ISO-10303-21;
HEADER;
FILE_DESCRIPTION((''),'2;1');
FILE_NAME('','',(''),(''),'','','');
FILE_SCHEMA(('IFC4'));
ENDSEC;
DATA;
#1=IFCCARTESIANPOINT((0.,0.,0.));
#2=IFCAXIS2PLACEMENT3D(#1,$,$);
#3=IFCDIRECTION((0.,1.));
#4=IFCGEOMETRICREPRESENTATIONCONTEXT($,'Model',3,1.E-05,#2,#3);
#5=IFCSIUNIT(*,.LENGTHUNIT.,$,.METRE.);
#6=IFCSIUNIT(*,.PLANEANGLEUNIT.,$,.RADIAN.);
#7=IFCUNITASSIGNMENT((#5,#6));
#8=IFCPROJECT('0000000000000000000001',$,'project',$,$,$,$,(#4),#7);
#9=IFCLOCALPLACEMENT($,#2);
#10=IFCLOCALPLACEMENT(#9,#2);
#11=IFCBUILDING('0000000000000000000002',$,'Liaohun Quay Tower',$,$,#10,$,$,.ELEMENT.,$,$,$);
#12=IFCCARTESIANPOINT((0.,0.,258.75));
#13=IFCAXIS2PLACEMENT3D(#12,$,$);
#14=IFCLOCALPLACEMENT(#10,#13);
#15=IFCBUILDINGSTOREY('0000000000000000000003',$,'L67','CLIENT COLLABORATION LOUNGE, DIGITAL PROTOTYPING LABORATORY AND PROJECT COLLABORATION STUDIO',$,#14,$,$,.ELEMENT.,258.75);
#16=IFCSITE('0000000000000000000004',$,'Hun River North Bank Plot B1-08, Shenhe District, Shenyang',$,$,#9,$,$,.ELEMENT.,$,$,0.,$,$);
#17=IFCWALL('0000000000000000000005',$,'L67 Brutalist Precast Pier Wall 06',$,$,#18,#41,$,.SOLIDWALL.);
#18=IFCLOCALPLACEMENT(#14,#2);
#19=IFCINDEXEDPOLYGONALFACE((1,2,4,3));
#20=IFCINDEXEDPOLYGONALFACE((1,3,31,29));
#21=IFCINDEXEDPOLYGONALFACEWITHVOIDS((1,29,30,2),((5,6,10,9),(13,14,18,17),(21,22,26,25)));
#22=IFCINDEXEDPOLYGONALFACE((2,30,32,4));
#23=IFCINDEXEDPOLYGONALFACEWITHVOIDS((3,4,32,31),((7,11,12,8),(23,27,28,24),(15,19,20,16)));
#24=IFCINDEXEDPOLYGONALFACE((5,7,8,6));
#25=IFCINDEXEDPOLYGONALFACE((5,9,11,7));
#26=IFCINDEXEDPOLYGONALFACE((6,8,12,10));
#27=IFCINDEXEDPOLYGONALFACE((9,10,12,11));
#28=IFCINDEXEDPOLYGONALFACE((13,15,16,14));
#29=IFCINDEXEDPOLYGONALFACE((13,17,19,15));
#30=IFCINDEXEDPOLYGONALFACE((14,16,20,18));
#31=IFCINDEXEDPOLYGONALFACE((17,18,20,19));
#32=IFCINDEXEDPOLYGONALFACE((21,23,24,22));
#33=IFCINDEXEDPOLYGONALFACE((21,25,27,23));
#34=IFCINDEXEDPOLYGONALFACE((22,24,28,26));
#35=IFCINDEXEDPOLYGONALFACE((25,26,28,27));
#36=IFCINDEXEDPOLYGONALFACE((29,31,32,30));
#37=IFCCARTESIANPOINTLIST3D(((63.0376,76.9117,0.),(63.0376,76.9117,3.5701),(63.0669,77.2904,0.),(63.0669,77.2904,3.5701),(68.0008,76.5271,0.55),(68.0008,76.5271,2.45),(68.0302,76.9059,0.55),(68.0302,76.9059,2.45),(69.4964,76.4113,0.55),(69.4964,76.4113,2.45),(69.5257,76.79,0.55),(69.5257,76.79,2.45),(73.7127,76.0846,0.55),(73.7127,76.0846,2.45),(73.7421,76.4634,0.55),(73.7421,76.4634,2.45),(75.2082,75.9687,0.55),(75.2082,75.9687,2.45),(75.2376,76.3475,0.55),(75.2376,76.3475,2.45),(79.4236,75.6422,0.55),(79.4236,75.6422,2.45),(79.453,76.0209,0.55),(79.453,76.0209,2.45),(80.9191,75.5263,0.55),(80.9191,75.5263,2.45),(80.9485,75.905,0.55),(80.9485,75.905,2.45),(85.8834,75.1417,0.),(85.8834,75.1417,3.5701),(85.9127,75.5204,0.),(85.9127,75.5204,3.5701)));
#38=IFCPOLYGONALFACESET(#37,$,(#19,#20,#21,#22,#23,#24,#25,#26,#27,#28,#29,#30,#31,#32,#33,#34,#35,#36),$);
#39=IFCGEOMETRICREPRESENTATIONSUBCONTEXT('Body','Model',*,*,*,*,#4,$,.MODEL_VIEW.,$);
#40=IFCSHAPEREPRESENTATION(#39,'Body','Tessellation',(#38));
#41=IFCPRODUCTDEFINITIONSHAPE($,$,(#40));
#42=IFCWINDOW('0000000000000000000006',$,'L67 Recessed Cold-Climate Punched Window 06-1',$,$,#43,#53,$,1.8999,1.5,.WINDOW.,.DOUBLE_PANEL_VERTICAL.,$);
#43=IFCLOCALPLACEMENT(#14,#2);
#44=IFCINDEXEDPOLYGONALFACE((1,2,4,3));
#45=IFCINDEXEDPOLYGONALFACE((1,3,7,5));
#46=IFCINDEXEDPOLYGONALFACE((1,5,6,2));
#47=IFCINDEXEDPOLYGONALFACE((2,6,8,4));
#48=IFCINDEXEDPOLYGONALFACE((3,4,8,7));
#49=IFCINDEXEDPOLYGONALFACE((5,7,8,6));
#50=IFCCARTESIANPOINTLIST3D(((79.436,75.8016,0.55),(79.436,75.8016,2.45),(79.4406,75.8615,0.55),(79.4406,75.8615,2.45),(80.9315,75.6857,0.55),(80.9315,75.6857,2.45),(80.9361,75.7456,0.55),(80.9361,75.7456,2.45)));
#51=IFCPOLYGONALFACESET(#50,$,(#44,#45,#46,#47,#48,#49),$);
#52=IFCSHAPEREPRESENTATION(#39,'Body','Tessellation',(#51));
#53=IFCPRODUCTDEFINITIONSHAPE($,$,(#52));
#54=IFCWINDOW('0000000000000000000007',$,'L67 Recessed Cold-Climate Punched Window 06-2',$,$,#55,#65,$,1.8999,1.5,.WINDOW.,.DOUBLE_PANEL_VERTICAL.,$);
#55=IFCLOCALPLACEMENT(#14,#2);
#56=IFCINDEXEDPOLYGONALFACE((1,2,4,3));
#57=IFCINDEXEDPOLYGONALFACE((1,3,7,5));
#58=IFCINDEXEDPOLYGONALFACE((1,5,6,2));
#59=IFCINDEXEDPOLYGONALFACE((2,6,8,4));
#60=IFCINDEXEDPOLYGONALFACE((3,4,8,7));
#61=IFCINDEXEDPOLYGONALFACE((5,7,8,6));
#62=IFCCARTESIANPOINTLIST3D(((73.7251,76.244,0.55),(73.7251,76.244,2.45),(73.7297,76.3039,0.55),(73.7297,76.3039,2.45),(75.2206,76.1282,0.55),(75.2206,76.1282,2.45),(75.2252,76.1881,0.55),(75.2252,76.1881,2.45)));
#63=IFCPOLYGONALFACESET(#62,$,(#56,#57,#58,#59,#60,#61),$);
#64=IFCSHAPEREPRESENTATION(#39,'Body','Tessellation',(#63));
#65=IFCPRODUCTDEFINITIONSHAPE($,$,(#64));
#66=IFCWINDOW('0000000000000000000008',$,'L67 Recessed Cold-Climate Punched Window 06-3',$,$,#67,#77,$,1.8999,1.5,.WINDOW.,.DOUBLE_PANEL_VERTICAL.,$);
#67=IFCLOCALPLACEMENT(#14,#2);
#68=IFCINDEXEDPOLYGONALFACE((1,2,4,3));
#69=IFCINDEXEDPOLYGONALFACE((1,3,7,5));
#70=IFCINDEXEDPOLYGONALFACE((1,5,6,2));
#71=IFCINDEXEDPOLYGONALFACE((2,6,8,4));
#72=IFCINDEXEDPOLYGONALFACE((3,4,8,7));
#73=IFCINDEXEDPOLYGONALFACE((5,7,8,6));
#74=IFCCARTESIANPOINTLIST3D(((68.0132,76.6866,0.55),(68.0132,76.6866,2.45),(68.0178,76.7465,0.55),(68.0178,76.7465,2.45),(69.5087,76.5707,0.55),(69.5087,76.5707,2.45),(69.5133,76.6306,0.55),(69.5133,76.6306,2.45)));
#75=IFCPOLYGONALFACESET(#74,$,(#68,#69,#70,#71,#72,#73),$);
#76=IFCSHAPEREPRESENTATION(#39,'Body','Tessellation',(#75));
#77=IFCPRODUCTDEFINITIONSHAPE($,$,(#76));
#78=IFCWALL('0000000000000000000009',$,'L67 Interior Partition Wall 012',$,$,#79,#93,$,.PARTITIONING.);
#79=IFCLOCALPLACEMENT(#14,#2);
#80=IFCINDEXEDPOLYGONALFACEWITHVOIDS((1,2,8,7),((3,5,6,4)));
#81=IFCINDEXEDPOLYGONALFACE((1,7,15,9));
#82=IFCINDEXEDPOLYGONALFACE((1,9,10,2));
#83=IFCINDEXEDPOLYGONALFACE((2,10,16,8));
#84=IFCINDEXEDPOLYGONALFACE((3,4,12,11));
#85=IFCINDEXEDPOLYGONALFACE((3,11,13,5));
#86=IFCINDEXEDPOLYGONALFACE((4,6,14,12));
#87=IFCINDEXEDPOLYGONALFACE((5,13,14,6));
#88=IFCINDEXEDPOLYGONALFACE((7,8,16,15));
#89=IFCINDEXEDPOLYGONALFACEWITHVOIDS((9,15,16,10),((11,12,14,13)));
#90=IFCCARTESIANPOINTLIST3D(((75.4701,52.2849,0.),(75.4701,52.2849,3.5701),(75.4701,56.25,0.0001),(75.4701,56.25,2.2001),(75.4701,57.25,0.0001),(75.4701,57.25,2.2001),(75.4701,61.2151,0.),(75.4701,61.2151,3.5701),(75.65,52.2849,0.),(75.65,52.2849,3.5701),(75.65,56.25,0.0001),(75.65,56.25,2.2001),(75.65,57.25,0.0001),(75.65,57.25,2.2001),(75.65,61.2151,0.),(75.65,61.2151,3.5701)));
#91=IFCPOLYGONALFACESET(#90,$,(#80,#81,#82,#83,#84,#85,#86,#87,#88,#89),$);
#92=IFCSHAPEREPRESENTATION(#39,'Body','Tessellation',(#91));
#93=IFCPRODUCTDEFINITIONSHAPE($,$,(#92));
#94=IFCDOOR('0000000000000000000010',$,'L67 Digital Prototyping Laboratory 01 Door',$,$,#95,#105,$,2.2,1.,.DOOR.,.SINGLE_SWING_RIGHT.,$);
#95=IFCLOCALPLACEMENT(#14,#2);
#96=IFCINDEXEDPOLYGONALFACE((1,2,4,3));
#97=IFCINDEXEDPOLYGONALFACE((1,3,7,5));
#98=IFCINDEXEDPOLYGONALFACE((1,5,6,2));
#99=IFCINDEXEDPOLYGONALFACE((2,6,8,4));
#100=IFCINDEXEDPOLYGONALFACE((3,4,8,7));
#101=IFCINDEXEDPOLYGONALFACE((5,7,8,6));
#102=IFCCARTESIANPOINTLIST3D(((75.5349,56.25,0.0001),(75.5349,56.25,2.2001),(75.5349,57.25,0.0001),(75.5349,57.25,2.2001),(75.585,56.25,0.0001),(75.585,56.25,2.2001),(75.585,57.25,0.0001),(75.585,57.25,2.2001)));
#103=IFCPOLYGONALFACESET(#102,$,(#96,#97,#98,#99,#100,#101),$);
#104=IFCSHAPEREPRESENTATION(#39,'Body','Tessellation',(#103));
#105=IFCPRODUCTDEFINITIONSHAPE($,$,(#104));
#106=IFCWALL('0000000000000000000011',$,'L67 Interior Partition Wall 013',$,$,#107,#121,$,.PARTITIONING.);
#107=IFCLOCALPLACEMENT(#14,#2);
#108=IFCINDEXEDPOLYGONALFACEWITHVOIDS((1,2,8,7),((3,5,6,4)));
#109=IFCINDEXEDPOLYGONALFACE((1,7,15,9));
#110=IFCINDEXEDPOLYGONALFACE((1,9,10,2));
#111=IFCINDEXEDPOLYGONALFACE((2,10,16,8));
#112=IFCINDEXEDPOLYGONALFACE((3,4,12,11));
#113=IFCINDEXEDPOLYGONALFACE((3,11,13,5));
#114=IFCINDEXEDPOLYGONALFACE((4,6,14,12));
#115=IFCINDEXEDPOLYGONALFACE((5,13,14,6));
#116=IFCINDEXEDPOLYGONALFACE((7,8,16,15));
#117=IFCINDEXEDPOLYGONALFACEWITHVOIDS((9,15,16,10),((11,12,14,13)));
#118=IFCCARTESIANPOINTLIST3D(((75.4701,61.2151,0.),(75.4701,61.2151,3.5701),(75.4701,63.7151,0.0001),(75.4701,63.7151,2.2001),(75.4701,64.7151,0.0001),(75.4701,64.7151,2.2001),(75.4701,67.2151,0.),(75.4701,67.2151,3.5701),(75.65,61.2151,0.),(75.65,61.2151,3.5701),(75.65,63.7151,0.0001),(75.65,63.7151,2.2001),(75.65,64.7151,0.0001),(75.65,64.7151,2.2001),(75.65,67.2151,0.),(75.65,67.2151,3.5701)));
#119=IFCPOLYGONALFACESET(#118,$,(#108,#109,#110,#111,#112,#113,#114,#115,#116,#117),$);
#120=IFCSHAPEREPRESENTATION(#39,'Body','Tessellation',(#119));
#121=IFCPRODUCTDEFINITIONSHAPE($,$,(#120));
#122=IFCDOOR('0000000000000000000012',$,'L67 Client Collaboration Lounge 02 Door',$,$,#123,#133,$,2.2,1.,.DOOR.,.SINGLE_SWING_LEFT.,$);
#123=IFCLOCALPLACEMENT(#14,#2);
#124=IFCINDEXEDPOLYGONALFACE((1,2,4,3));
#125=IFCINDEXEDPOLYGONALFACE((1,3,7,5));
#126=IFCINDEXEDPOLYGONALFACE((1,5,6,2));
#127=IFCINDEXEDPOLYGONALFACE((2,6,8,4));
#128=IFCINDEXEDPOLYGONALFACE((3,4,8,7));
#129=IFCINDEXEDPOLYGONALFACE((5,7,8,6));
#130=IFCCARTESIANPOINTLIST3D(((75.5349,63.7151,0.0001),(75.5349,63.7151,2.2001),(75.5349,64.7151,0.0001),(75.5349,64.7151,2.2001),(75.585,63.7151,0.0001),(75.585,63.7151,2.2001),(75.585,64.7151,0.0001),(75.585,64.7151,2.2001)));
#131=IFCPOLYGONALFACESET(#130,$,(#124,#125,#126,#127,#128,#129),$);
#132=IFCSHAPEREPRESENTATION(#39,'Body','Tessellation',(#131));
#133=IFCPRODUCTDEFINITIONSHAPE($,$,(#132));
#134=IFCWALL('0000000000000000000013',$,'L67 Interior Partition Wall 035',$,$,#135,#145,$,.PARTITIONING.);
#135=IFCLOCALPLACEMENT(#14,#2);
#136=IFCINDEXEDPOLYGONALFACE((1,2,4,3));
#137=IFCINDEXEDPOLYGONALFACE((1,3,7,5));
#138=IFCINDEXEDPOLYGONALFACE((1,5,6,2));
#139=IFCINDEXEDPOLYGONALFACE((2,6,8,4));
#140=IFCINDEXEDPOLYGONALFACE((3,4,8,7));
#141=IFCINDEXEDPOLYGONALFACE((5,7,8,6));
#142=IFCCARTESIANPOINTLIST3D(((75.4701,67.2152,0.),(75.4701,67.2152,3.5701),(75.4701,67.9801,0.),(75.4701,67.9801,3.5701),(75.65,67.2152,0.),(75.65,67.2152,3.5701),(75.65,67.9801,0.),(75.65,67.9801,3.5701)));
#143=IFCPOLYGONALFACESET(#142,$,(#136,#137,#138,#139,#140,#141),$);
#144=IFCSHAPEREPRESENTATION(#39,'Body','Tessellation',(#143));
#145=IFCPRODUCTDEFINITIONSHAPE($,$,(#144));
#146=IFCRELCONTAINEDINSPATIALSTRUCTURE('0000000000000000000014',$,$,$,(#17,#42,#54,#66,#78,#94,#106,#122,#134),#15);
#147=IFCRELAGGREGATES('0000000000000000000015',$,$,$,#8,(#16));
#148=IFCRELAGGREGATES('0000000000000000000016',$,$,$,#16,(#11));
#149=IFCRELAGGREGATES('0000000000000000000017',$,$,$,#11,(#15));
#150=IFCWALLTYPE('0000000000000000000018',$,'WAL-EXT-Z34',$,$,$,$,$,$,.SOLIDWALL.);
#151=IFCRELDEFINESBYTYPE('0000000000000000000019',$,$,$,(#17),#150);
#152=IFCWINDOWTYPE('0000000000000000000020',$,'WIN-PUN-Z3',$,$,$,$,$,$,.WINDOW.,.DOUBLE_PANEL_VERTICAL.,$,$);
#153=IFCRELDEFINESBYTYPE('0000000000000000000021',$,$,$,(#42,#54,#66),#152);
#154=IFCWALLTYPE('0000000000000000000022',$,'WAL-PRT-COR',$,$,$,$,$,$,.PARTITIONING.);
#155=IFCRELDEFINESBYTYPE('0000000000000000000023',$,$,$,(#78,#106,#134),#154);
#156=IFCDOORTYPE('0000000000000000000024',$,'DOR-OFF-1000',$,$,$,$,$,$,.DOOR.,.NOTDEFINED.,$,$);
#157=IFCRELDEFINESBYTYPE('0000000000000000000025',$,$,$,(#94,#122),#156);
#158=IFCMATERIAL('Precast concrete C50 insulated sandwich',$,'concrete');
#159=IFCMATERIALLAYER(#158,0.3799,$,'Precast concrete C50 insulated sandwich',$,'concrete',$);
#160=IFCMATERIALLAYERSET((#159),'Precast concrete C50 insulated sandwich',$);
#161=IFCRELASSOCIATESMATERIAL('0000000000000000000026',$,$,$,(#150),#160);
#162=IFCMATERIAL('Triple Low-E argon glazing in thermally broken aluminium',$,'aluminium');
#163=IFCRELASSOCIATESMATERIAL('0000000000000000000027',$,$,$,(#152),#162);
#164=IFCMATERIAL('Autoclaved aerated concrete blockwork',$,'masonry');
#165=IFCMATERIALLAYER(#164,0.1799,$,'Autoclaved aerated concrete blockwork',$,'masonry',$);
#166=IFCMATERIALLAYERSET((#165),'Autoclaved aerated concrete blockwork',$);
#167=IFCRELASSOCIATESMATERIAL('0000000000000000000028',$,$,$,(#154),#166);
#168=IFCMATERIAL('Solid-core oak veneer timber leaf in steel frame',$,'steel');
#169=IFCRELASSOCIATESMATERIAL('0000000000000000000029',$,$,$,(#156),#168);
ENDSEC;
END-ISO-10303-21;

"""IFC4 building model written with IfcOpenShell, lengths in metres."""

from ifc_helpers import new_model, si_unit, direction, frame, frame_2d, origin, place, context, subcontext, project, spatial, rectangle, extrude, source, transform, mapped, material, layer, layer_set, type_object, element, fill, save


model = new_model("IFC4")

# Units and contexts
model_context = context("Model", 3, precision=1e-05, world=origin(), true_north=direction((0.0, 1.0)))
body_context = subcontext(model_context, "Body", "Model", "MODEL_VIEW")
ifc_project = project(units=[si_unit("LENGTHUNIT", "METRE"), si_unit("PLANEANGLEUNIT", "RADIAN")], contexts=[model_context])

# Site, building, storey
site_placement = place(None, origin())
site = spatial("IfcSite", under=ifc_project, at=site_placement, Name="Hun River North Bank Plot B1-08, Shenhe District, Shenyang", CompositionType="ELEMENT", RefElevation=0.0)
building_placement = place(site_placement, origin())
building = spatial("IfcBuilding", under=site, at=building_placement, Name="Liaohun Quay Tower", CompositionType="ELEMENT")
storey_placement = place(building_placement, frame((0.0, 0.0, 258.75)))
storey = spatial("IfcBuildingStorey", under=building, at=storey_placement, Name="L67", Description="CLIENT COLLABORATION LOUNGE, DIGITAL PROTOTYPING LABORATORY AND PROJECT COLLABORATION STUDIO", CompositionType="ELEMENT", Elevation=258.75)

# Shared definitions
ifc_material_1 = material(Name="Precast concrete C50 insulated sandwich", Category="concrete")
ifc_layer_1 = layer(ifc_material_1, 0.3799, Name="Precast concrete C50 insulated sandwich", Category="concrete")
ifc_layer_set_1 = layer_set([ifc_layer_1], Name="Precast concrete C50 insulated sandwich")
wall_type_1 = type_object("IfcWallType", Name="WAL-EXT-Z34", PredefinedType="SOLIDWALL", material=ifc_layer_set_1)

# Wall, openings, windows
wall_1_placement = place(storey_placement, frame((85.8979, 75.3311, 0.0), z_axis=(0.0, 0.0, 1.0), x_axis=(-0.997012, 0.077245, 0.0)))
wall_1 = element("IfcWall", 1, at=wall_1_placement, inside=storey, type_object=wall_type_1, Name="L67 Brutalist Precast Pier Wall 06", PredefinedType="SOLIDWALL", context=body_context, shape_type="SweptSolid", body=[
    extrude(rectangle(XDim=22.9143, YDim=0.3799, at=frame_2d((11.457, 0.0))), origin(), (0.0, 0.0, 1.0), 3.5701),
])
shared_shape_1 = source(origin(), body_context, "Body", "SweptSolid", [
    extrude(rectangle(XDim=1.5, YDim=1.8999, at=frame_2d((0.75, 0.95))), frame((0.0, 0.2, 0.0), z_axis=(0.0, -1.0, 0.0), x_axis=(1.0, 0.0, 0.0)), (0.0, 0.0, 1.0), 0.3999),
])
opening_1_placement = place(wall_1_placement, frame((4.979, 0.0, 0.55)))
opening_1 = element("IfcOpeningElement", 2, at=opening_1_placement, cuts=wall_1, PredefinedType="OPENING", context=body_context, shape_type="MappedRepresentation", body=[
    mapped(shared_shape_1, transform((0.0, 0.0, 0.0), x_axis=(1.0, 0.0, 0.0), y_axis=(0.0, 1.0, 0.0), z_axis=(0.0, 0.0, 1.0), scale=1.0)),
])
opening_2_placement = place(wall_1_placement, frame((10.707, 0.0, 0.55)))
opening_2 = element("IfcOpeningElement", 3, at=opening_2_placement, cuts=wall_1, PredefinedType="OPENING", context=body_context, shape_type="MappedRepresentation", body=[
    mapped(shared_shape_1, transform((0.0, 0.0, 0.0), x_axis=(1.0, 0.0, 0.0), y_axis=(0.0, 1.0, 0.0), z_axis=(0.0, 0.0, 1.0), scale=1.0)),
])
opening_3_placement = place(wall_1_placement, frame((16.436, 0.0, 0.55)))
opening_3 = element("IfcOpeningElement", 4, at=opening_3_placement, cuts=wall_1, PredefinedType="OPENING", context=body_context, shape_type="MappedRepresentation", body=[
    mapped(shared_shape_1, transform((0.0, 0.0, 0.0), x_axis=(1.0, 0.0, 0.0), y_axis=(0.0, 1.0, 0.0), z_axis=(0.0, 0.0, 1.0), scale=1.0)),
])
ifc_material_2 = material(Name="Triple Low-E argon glazing in thermally broken aluminium", Category="aluminium")
window_type_1 = type_object("IfcWindowType", Name="WIN-PUN-Z3", PartitioningType="DOUBLE_PANEL_VERTICAL", PredefinedType="WINDOW", material=ifc_material_2)
shared_shape_2 = source(origin(), body_context, "Body", "SweptSolid", [
    extrude(rectangle(XDim=1.5, YDim=1.8999, at=frame_2d((0.75, 0.95))), frame((0.0, 0.03, 0.0), z_axis=(0.0, -1.0, 0.0), x_axis=(1.0, 0.0, 0.0)), (0.0, 0.0, 1.0), 0.0601),
])
window_1_placement = place(opening_1_placement, origin())
window_1 = element("IfcWindow", 5, at=window_1_placement, inside=storey, type_object=window_type_1, Name="L67 Recessed Cold-Climate Punched Window 06-1", OverallHeight=1.8999, OverallWidth=1.5, PartitioningType="DOUBLE_PANEL_VERTICAL", PredefinedType="WINDOW", context=body_context, shape_type="MappedRepresentation", body=[
    mapped(shared_shape_2, transform((0.0, 0.0, 0.0), x_axis=(1.0, 0.0, 0.0), y_axis=(0.0, 1.0, 0.0), z_axis=(0.0, 0.0, 1.0), scale=1.0)),
])
fill(opening_1, window_1)
window_2_placement = place(opening_2_placement, origin())
window_2 = element("IfcWindow", 6, at=window_2_placement, inside=storey, type_object=window_type_1, Name="L67 Recessed Cold-Climate Punched Window 06-2", OverallHeight=1.8999, OverallWidth=1.5, PartitioningType="DOUBLE_PANEL_VERTICAL", PredefinedType="WINDOW", context=body_context, shape_type="MappedRepresentation", body=[
    mapped(shared_shape_2, transform((0.0, 0.0, 0.0), x_axis=(1.0, 0.0, 0.0), y_axis=(0.0, 1.0, 0.0), z_axis=(0.0, 0.0, 1.0), scale=1.0)),
])
fill(opening_2, window_2)
window_3_placement = place(opening_3_placement, origin())
window_3 = element("IfcWindow", 7, at=window_3_placement, inside=storey, type_object=window_type_1, Name="L67 Recessed Cold-Climate Punched Window 06-3", OverallHeight=1.8999, OverallWidth=1.5, PartitioningType="DOUBLE_PANEL_VERTICAL", PredefinedType="WINDOW", context=body_context, shape_type="MappedRepresentation", body=[
    mapped(shared_shape_2, transform((0.0, 0.0, 0.0), x_axis=(1.0, 0.0, 0.0), y_axis=(0.0, 1.0, 0.0), z_axis=(0.0, 0.0, 1.0), scale=1.0)),
])
fill(opening_3, window_3)

# Walls, openings, doors
ifc_material_3 = material(Name="Autoclaved aerated concrete blockwork", Category="masonry")
ifc_layer_2 = layer(ifc_material_3, 0.1799, Name="Autoclaved aerated concrete blockwork", Category="masonry")
ifc_layer_set_2 = layer_set([ifc_layer_2], Name="Autoclaved aerated concrete blockwork")
wall_type_2 = type_object("IfcWallType", Name="WAL-PRT-COR", PredefinedType="PARTITIONING", material=ifc_layer_set_2)
wall_2_placement = place(storey_placement, frame((75.5601, 61.2151, 0.0), z_axis=(0.0, 0.0, 1.0), x_axis=(0.0, -1.0, 0.0)))
wall_2 = element("IfcWall", 8, at=wall_2_placement, inside=storey, type_object=wall_type_2, Name="L67 Interior Partition Wall 012", PredefinedType="PARTITIONING", context=body_context, shape_type="SweptSolid", body=[
    extrude(rectangle(XDim=8.9302, YDim=0.1799, at=frame_2d((4.4651, 0.0))), origin(), (0.0, 0.0, 1.0), 3.5701),
])
shared_shape_3 = source(origin(), body_context, "Body", "SweptSolid", [
    extrude(rectangle(XDim=1.0, YDim=2.2, at=frame_2d((0.5, 1.1001))), frame((0.0, 0.0999, 0.0), z_axis=(0.0, -1.0, 0.0), x_axis=(1.0, 0.0, 0.0)), (0.0, 0.0, 1.0), 0.2),
])
opening_4_placement = place(wall_2_placement, frame((3.9651, 0.0, 0.0)))
opening_4 = element("IfcOpeningElement", 9, at=opening_4_placement, cuts=wall_2, PredefinedType="OPENING", context=body_context, shape_type="MappedRepresentation", body=[
    mapped(shared_shape_3, transform((0.0, 0.0, 0.0), x_axis=(1.0, 0.0, 0.0), y_axis=(0.0, 1.0, 0.0), z_axis=(0.0, 0.0, 1.0), scale=1.0)),
])
ifc_material_4 = material(Name="Solid-core oak veneer timber leaf in steel frame", Category="steel")
door_type = type_object("IfcDoorType", Name="DOR-OFF-1000", OperationType="NOTDEFINED", PredefinedType="DOOR", material=ifc_material_4)
shared_shape_4 = source(origin(), body_context, "Body", "SweptSolid", [
    extrude(rectangle(XDim=1.0, YDim=2.2, at=frame_2d((0.5, 1.1001))), frame((0.0, 0.0249, 0.0), z_axis=(0.0, -1.0, 0.0), x_axis=(1.0, 0.0, 0.0)), (0.0, 0.0, 1.0), 0.05),
])
door_1_placement = place(opening_4_placement, origin())
door_1 = element("IfcDoor", 10, at=door_1_placement, inside=storey, type_object=door_type, Name="L67 Digital Prototyping Laboratory 01 Door", OperationType="SINGLE_SWING_RIGHT", OverallHeight=2.2, OverallWidth=1.0, PredefinedType="DOOR", context=body_context, shape_type="MappedRepresentation", body=[
    mapped(shared_shape_4, transform((0.0, 0.0, 0.0), x_axis=(1.0, 0.0, 0.0), y_axis=(0.0, 1.0, 0.0), z_axis=(0.0, 0.0, 1.0), scale=1.0)),
])
fill(opening_4, door_1)
wall_3_placement = place(storey_placement, frame((75.5601, 67.2151, 0.0), z_axis=(0.0, 0.0, 1.0), x_axis=(0.0, -1.0, 0.0)))
wall_3 = element("IfcWall", 11, at=wall_3_placement, inside=storey, type_object=wall_type_2, Name="L67 Interior Partition Wall 013", PredefinedType="PARTITIONING", context=body_context, shape_type="SweptSolid", body=[
    extrude(rectangle(XDim=6.0, YDim=0.1799, at=frame_2d((3.0, 0.0))), origin(), (0.0, 0.0, 1.0), 3.5701),
])
opening_5_placement = place(wall_3_placement, frame((2.5, 0.0, 0.0)))
opening_5 = element("IfcOpeningElement", 12, at=opening_5_placement, cuts=wall_3, PredefinedType="OPENING", context=body_context, shape_type="MappedRepresentation", body=[
    mapped(shared_shape_3, transform((0.0, 0.0, 0.0), x_axis=(1.0, 0.0, 0.0), y_axis=(0.0, 1.0, 0.0), z_axis=(0.0, 0.0, 1.0), scale=1.0)),
])
door_2_placement = place(opening_5_placement, origin())
door_2 = element("IfcDoor", 13, at=door_2_placement, inside=storey, type_object=door_type, Name="L67 Client Collaboration Lounge 02 Door", OperationType="SINGLE_SWING_LEFT", OverallHeight=2.2, OverallWidth=1.0, PredefinedType="DOOR", context=body_context, shape_type="MappedRepresentation", body=[
    mapped(shared_shape_4, transform((0.0, 0.0, 0.0), x_axis=(1.0, 0.0, 0.0), y_axis=(0.0, 1.0, 0.0), z_axis=(0.0, 0.0, 1.0), scale=1.0)),
])
fill(opening_5, door_2)

# Wall
wall_4_placement = place(storey_placement, frame((75.5601, 67.98, 0.0), z_axis=(0.0, 0.0, 1.0), x_axis=(0.0, -1.0, 0.0)))
element("IfcWall", 14, at=wall_4_placement, inside=storey, type_object=wall_type_2, Name="L67 Interior Partition Wall 035", PredefinedType="PARTITIONING", context=body_context, shape_type="SweptSolid", body=[
    extrude(rectangle(XDim=0.7649, YDim=0.1799, at=frame_2d((0.3823, 0.0))), origin(), (0.0, 0.0, 1.0), 3.5701),
])

save(model, "model.ifc")
